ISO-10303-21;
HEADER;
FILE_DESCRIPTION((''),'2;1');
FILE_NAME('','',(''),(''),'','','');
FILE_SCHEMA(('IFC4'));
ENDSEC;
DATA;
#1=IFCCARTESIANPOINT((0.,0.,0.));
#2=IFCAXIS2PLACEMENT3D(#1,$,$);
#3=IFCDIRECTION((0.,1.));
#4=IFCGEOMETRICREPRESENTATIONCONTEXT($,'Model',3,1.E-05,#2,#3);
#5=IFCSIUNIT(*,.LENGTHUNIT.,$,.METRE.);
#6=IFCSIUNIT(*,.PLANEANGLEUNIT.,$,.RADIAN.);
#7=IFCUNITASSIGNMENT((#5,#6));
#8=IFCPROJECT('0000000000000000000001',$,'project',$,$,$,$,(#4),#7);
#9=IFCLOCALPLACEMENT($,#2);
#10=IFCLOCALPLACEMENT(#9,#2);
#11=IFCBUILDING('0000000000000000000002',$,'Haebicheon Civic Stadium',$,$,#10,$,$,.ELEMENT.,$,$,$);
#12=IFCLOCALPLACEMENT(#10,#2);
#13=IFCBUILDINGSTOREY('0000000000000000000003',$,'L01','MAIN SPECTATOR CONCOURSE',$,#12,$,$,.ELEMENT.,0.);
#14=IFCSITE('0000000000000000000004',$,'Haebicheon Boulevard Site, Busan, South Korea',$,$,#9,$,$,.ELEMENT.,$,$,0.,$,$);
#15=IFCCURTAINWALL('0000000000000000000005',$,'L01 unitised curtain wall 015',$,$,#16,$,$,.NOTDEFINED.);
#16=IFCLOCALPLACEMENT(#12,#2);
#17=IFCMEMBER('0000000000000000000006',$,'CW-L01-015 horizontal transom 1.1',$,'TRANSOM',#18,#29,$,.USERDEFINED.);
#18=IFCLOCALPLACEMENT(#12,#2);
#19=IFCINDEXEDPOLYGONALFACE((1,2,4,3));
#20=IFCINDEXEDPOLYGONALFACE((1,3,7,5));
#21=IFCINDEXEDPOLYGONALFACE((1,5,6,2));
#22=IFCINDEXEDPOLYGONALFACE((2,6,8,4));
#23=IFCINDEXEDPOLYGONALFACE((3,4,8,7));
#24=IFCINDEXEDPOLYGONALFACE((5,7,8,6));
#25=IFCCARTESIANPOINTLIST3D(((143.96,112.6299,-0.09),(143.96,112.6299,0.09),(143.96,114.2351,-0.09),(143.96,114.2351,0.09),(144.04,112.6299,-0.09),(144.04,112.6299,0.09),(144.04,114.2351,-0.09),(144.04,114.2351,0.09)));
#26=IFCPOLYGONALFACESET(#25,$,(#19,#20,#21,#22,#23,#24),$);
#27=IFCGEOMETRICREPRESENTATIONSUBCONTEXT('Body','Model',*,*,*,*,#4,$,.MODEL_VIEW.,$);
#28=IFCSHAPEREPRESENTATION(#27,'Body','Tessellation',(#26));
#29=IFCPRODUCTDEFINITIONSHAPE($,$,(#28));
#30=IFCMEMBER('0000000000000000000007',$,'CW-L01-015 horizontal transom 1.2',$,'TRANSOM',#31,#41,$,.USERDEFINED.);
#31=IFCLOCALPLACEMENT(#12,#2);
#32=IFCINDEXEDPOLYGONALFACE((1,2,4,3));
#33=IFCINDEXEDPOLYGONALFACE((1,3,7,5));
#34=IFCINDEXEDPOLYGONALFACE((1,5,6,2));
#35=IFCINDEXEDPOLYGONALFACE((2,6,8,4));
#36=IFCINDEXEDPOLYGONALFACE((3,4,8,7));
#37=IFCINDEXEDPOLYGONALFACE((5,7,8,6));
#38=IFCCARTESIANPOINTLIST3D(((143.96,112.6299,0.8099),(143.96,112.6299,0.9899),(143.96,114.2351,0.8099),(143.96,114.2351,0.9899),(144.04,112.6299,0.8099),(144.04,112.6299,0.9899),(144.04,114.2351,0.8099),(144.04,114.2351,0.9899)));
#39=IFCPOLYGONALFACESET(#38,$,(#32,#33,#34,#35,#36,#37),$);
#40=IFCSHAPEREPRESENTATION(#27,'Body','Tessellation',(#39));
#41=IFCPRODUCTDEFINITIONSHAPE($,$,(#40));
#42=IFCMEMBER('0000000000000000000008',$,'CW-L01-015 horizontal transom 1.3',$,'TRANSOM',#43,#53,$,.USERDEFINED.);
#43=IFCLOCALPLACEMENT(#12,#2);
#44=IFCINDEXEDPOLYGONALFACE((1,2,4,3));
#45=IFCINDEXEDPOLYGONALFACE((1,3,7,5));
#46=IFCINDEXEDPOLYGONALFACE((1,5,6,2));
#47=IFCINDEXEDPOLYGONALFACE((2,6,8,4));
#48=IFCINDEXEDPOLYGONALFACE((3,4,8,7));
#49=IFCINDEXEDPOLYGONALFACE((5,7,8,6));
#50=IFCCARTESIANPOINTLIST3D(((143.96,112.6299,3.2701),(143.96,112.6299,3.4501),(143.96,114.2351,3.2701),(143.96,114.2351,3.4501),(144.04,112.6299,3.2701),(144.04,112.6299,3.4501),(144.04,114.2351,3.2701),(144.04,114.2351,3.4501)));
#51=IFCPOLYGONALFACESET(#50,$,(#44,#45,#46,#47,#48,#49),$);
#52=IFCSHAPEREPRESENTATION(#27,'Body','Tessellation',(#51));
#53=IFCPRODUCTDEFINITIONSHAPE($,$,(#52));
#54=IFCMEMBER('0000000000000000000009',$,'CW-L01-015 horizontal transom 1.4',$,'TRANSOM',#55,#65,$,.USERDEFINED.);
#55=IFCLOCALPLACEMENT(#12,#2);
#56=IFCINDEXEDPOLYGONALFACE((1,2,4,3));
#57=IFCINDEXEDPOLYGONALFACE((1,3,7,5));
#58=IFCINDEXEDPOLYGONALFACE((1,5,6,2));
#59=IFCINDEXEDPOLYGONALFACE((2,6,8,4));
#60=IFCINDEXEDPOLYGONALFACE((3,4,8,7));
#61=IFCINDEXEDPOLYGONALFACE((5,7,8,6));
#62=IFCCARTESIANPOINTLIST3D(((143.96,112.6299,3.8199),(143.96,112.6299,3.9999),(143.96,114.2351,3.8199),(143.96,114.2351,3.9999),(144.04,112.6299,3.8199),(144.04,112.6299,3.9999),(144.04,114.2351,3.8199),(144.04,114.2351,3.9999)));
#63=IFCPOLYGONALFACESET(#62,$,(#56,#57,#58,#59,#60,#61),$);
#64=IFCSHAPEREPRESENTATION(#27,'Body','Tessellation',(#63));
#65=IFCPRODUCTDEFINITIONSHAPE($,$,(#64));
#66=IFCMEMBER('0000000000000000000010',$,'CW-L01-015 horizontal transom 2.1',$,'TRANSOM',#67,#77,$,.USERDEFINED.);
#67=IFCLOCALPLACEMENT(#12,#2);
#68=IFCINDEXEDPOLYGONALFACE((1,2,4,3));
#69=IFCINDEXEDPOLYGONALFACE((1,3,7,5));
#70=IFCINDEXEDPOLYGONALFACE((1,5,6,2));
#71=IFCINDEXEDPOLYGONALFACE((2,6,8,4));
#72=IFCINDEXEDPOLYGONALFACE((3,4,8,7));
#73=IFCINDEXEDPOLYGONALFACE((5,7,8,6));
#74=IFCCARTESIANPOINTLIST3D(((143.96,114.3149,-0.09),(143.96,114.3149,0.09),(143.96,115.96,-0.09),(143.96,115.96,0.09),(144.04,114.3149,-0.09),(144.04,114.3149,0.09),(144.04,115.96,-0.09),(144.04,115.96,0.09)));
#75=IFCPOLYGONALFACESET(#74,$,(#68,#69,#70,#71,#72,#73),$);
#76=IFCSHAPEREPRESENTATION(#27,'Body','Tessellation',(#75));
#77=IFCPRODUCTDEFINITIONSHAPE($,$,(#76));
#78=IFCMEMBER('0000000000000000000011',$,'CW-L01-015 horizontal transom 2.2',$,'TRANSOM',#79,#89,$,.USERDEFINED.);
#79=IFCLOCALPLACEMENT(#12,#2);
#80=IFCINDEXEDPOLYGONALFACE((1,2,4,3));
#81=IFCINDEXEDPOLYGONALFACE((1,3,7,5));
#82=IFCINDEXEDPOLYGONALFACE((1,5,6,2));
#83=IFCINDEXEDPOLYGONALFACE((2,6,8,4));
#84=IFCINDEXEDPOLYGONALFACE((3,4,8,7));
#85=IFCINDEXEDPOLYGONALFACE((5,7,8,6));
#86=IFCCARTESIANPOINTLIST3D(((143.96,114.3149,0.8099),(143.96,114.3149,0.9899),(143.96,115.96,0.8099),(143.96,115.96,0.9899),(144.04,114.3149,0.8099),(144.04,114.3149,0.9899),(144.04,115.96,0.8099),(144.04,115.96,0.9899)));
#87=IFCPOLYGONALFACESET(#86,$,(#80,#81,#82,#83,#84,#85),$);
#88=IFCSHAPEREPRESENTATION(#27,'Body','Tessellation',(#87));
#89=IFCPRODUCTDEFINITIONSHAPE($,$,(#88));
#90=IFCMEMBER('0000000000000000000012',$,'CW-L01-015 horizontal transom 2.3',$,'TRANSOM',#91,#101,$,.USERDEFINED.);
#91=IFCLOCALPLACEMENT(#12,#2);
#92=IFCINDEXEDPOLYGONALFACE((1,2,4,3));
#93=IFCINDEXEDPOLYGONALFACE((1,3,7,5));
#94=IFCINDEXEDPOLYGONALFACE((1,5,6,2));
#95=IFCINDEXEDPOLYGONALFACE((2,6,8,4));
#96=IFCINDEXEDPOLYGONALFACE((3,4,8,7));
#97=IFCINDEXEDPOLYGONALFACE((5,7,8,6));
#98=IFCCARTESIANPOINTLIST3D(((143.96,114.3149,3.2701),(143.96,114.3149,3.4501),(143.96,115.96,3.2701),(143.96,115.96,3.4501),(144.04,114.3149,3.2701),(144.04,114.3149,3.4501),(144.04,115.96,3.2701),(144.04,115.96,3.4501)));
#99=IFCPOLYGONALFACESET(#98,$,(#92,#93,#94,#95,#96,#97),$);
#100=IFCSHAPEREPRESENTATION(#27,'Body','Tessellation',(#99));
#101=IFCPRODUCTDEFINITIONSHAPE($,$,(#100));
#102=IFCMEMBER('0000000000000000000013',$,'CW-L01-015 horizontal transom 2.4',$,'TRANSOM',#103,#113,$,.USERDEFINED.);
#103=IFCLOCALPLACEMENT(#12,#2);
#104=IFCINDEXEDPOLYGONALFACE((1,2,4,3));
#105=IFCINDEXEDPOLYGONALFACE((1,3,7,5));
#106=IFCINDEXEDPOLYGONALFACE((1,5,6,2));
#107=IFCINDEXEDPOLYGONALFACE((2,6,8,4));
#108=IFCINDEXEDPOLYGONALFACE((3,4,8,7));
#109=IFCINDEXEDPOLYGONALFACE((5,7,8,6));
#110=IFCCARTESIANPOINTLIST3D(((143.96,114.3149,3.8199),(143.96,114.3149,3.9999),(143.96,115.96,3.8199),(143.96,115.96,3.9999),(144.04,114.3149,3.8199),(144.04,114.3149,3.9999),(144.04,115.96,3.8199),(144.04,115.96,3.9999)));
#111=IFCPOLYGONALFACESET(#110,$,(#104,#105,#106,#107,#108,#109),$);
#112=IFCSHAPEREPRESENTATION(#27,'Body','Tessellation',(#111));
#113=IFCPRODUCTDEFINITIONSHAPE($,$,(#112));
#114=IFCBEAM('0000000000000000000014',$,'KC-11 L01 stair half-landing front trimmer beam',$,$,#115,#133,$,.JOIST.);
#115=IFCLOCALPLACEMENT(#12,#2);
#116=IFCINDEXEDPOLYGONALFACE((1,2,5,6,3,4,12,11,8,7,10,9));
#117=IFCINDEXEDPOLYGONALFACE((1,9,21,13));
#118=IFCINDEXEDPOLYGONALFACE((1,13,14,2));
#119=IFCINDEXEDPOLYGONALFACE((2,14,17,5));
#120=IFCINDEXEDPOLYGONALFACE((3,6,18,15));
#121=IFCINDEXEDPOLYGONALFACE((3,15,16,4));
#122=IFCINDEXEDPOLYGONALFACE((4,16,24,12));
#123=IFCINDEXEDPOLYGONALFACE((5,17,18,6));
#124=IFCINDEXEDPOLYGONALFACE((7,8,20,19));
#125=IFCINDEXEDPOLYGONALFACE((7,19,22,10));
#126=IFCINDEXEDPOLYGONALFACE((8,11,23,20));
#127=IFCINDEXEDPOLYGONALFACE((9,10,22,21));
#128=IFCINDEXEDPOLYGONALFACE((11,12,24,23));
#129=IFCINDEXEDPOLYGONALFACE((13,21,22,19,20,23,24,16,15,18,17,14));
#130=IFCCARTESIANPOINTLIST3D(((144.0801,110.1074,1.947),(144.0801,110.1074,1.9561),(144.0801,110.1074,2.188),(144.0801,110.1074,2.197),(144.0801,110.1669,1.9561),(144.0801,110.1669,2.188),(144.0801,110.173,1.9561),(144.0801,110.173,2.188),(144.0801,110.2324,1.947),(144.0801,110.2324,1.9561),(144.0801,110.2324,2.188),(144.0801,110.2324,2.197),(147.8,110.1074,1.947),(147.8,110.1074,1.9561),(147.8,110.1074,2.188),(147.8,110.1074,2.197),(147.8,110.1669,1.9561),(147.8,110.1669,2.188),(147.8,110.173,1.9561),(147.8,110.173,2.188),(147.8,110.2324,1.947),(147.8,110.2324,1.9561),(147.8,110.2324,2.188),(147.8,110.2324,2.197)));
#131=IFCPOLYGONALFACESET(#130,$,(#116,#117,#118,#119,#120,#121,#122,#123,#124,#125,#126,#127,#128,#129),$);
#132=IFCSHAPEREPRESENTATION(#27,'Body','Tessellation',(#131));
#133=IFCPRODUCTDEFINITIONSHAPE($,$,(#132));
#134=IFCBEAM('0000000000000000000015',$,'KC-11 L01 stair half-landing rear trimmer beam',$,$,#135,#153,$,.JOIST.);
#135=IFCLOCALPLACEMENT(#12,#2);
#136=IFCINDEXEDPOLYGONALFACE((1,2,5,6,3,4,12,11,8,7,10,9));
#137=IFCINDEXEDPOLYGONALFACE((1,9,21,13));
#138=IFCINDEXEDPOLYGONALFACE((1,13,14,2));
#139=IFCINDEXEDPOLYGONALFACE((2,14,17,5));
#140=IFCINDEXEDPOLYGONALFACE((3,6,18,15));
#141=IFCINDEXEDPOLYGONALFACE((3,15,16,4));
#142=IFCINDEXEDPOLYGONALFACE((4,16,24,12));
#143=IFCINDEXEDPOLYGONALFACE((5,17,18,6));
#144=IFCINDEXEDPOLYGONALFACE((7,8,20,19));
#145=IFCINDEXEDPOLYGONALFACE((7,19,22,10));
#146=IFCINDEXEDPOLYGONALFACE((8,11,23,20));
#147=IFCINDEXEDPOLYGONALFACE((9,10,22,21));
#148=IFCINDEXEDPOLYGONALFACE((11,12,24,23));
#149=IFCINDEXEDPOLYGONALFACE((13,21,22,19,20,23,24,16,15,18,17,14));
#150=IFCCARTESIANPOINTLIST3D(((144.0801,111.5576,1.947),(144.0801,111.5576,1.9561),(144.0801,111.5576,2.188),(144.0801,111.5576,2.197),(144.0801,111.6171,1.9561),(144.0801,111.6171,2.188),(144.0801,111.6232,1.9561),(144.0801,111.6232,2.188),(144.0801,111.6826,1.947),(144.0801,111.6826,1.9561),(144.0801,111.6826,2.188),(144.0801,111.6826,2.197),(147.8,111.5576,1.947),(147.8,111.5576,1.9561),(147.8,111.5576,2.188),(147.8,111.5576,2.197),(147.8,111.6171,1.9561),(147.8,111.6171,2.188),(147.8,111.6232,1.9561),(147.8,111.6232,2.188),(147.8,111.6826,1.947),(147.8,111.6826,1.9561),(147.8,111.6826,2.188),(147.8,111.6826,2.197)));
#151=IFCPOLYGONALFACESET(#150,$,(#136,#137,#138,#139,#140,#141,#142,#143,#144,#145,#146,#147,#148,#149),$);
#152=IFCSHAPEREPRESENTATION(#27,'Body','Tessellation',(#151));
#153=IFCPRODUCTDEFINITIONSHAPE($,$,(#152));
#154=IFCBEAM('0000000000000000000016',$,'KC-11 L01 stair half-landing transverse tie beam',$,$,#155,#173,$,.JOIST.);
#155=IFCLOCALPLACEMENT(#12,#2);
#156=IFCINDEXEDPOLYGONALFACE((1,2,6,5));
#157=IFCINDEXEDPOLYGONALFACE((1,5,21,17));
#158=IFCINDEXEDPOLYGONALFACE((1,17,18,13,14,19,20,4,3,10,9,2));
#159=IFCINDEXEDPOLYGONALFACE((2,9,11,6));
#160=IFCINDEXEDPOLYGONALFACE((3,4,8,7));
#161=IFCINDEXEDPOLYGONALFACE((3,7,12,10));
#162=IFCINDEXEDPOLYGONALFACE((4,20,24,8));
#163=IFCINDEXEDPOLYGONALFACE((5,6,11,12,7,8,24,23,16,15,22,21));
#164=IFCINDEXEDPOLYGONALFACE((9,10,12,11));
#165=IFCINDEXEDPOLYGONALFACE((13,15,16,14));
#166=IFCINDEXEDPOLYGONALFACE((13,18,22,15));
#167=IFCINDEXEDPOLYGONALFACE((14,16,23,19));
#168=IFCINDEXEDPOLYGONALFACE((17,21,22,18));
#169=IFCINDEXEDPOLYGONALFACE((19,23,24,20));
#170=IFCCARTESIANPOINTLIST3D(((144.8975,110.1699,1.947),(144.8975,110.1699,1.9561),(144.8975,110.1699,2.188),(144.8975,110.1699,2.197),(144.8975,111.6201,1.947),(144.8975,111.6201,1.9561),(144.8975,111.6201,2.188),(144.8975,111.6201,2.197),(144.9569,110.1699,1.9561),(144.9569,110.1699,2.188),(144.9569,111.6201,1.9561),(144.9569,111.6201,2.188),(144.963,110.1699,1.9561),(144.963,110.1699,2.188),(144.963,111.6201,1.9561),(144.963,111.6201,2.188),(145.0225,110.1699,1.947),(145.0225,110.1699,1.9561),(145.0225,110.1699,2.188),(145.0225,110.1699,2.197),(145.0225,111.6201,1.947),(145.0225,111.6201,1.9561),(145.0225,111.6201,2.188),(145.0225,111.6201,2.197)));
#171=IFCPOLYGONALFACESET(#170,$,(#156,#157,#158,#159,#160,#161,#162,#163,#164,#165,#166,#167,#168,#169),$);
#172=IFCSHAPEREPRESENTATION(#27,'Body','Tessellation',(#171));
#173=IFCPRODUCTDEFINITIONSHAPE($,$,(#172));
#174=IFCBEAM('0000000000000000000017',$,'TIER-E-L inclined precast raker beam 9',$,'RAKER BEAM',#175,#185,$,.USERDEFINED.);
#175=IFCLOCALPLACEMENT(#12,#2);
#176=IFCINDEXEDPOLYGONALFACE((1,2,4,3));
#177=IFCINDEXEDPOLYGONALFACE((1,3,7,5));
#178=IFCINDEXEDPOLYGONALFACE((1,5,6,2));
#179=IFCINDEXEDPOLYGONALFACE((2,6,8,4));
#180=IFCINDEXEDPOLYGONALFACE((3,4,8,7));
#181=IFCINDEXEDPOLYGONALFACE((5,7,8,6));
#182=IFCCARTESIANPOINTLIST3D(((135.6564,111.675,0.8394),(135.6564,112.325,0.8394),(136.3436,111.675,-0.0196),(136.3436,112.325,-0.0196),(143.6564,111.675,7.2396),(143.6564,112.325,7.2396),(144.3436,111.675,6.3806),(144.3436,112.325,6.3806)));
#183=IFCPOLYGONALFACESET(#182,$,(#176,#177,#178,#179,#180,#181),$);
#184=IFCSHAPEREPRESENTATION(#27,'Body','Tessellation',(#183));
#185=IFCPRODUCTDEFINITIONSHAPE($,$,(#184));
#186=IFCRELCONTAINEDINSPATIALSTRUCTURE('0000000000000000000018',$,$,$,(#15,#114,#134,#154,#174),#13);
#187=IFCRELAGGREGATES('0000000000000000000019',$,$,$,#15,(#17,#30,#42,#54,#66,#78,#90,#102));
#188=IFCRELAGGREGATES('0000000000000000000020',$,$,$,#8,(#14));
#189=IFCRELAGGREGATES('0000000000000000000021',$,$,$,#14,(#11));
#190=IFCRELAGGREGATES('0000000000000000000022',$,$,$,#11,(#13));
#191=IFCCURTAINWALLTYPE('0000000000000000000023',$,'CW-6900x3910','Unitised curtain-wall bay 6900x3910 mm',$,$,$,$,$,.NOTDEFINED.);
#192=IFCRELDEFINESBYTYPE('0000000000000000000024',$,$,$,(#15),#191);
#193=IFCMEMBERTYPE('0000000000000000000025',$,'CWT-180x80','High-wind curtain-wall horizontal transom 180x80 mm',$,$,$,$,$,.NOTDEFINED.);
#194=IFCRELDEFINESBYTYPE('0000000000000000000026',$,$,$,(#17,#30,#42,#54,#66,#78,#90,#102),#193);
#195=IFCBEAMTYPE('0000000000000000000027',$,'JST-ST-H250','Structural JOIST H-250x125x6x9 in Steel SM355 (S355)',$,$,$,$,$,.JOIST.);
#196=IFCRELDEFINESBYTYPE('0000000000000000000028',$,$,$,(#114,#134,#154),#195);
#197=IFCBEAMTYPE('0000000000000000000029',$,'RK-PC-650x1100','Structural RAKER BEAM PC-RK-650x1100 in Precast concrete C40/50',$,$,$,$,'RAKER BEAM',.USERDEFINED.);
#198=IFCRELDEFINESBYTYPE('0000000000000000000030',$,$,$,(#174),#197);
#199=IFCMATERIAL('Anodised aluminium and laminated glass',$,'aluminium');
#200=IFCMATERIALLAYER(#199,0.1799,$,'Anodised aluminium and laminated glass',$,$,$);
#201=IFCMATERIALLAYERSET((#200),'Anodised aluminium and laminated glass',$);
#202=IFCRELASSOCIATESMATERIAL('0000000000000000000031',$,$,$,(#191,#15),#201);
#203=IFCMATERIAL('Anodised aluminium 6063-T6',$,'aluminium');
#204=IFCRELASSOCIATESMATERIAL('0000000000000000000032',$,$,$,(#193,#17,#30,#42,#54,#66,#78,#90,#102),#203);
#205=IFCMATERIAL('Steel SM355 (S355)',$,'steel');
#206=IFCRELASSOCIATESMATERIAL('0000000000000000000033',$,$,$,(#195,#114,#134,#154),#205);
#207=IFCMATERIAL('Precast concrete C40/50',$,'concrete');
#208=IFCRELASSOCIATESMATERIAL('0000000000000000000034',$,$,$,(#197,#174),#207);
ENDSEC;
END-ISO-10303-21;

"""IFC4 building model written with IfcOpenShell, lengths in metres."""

from ifc_helpers import new_model, si_unit, direction, frame, origin, origin_2d, place, context, subcontext, project, spatial, rectangle, i_section, extrude, material, layer, layer_set, material_profile, profile_set, type_object, element, aggregate, save


model = new_model("IFC4")

# Units and contexts
model_context = context("Model", 3, precision=1e-05, world=origin(), true_north=direction((0.0, 1.0)))
body_context = subcontext(model_context, "Body", "Model", "MODEL_VIEW")
ifc_project = project(units=[si_unit("LENGTHUNIT", "METRE"), si_unit("PLANEANGLEUNIT", "RADIAN")], contexts=[model_context])

# Site, building, storey
site_placement = place(None, origin())
site = spatial("IfcSite", under=ifc_project, at=site_placement, Name="Haebicheon Boulevard Site, Busan, South Korea", CompositionType="ELEMENT", RefElevation=0.0)
building_placement = place(site_placement, origin())
building = spatial("IfcBuilding", under=site, at=building_placement, Name="Haebicheon Civic Stadium", CompositionType="ELEMENT")
storey_placement = place(building_placement, origin())
storey = spatial("IfcBuildingStorey", under=building, at=storey_placement, Name="L01", Description="MAIN SPECTATOR CONCOURSE", CompositionType="ELEMENT", Elevation=0.0)

# Curtain wall, members
ifc_material_1 = material(Name="Anodised aluminium and laminated glass", Category="aluminium")
ifc_layer_1 = layer(ifc_material_1, 0.1799, Name="Anodised aluminium and laminated glass")
ifc_layer_set_1 = layer_set([ifc_layer_1], Name="Anodised aluminium and laminated glass")
curtain_wall_type = type_object("IfcCurtainWallType", Name="CW-6900x3910", Description="Unitised curtain-wall bay 6900x3910 mm", PredefinedType="NOTDEFINED", material=ifc_layer_set_1)
curtain_wall_placement = place(storey_placement, origin())
curtain_wall = element("IfcCurtainWall", 1, at=curtain_wall_placement, inside=storey, type_object=curtain_wall_type, material=ifc_layer_set_1, Name="L01 unitised curtain wall 015", PredefinedType="NOTDEFINED")
ifc_material_2 = material(Name="Anodised aluminium 6063-T6", Category="aluminium")
ifc_material_profile_1 = material_profile(ifc_material_2, rectangle(XDim=0.0801, YDim=0.1799, at=origin_2d()), Name="ALU-TRAN-80x180")
ifc_profile_set_1 = profile_set([ifc_material_profile_1], Name="Anodised aluminium 6063-T6")
member_type_1 = type_object("IfcMemberType", Name="CWT-180x80", Description="High-wind curtain-wall horizontal transom 180x80 mm", PredefinedType="NOTDEFINED", material=ifc_profile_set_1)
member_1_placement = place(storey_placement, frame((144.0, 112.6299, 0.0), z_axis=(0.0, 1.0, 0.0), x_axis=(-1.0, 0.0, 0.0)))
member_1 = element("IfcMember", 2, at=member_1_placement, type_object=member_type_1, material=ifc_profile_set_1, Name="CW-L01-015 horizontal transom 1.1", ObjectType="TRANSOM", PredefinedType="USERDEFINED", context=body_context, shape_type="SweptSolid", body=[
    extrude(rectangle(XDim=0.0801, YDim=0.1799, at=origin_2d()), origin(), (0.0, 0.0, 1.0), 1.6052),
])
member_2_placement = place(storey_placement, frame((144.0, 112.6299, 0.8999), z_axis=(0.0, 1.0, 0.0), x_axis=(-1.0, 0.0, 0.0)))
member_2 = element("IfcMember", 3, at=member_2_placement, type_object=member_type_1, material=ifc_profile_set_1, Name="CW-L01-015 horizontal transom 1.2", ObjectType="TRANSOM", PredefinedType="USERDEFINED", context=body_context, shape_type="SweptSolid", body=[
    extrude(rectangle(XDim=0.0801, YDim=0.1799, at=origin_2d()), origin(), (0.0, 0.0, 1.0), 1.6052),
])
member_3_placement = place(storey_placement, frame((144.0, 112.6299, 3.3601), z_axis=(0.0, 1.0, 0.0), x_axis=(-1.0, 0.0, 0.0)))
member_3 = element("IfcMember", 4, at=member_3_placement, type_object=member_type_1, material=ifc_profile_set_1, Name="CW-L01-015 horizontal transom 1.3", ObjectType="TRANSOM", PredefinedType="USERDEFINED", context=body_context, shape_type="SweptSolid", body=[
    extrude(rectangle(XDim=0.0801, YDim=0.1799, at=origin_2d()), origin(), (0.0, 0.0, 1.0), 1.6052),
])
member_4_placement = place(storey_placement, frame((144.0, 112.6299, 3.9099), z_axis=(0.0, 1.0, 0.0), x_axis=(-1.0, 0.0, 0.0)))
member_4 = element("IfcMember", 5, at=member_4_placement, type_object=member_type_1, material=ifc_profile_set_1, Name="CW-L01-015 horizontal transom 1.4", ObjectType="TRANSOM", PredefinedType="USERDEFINED", context=body_context, shape_type="SweptSolid", body=[
    extrude(rectangle(XDim=0.0801, YDim=0.1799, at=origin_2d()), origin(), (0.0, 0.0, 1.0), 1.6052),
])
member_5_placement = place(storey_placement, frame((144.0, 114.3149, 0.0), z_axis=(0.0, 1.0, 0.0), x_axis=(-1.0, 0.0, 0.0)))
member_5 = element("IfcMember", 6, at=member_5_placement, type_object=member_type_1, material=ifc_profile_set_1, Name="CW-L01-015 horizontal transom 2.1", ObjectType="TRANSOM", PredefinedType="USERDEFINED", context=body_context, shape_type="SweptSolid", body=[
    extrude(rectangle(XDim=0.0801, YDim=0.1799, at=origin_2d()), origin(), (0.0, 0.0, 1.0), 1.645),
])
member_6_placement = place(storey_placement, frame((144.0, 114.3149, 0.8999), z_axis=(0.0, 1.0, 0.0), x_axis=(-1.0, 0.0, 0.0)))
member_6 = element("IfcMember", 7, at=member_6_placement, type_object=member_type_1, material=ifc_profile_set_1, Name="CW-L01-015 horizontal transom 2.2", ObjectType="TRANSOM", PredefinedType="USERDEFINED", context=body_context, shape_type="SweptSolid", body=[
    extrude(rectangle(XDim=0.0801, YDim=0.1799, at=origin_2d()), origin(), (0.0, 0.0, 1.0), 1.645),
])
member_7_placement = place(storey_placement, frame((144.0, 114.3149, 3.3601), z_axis=(0.0, 1.0, 0.0), x_axis=(-1.0, 0.0, 0.0)))
member_7 = element("IfcMember", 8, at=member_7_placement, type_object=member_type_1, material=ifc_profile_set_1, Name="CW-L01-015 horizontal transom 2.3", ObjectType="TRANSOM", PredefinedType="USERDEFINED", context=body_context, shape_type="SweptSolid", body=[
    extrude(rectangle(XDim=0.0801, YDim=0.1799, at=origin_2d()), origin(), (0.0, 0.0, 1.0), 1.645),
])
member_8_placement = place(storey_placement, frame((144.0, 114.3149, 3.9099), z_axis=(0.0, 1.0, 0.0), x_axis=(-1.0, 0.0, 0.0)))
member_8 = element("IfcMember", 9, at=member_8_placement, type_object=member_type_1, material=ifc_profile_set_1, Name="CW-L01-015 horizontal transom 2.4", ObjectType="TRANSOM", PredefinedType="USERDEFINED", context=body_context, shape_type="SweptSolid", body=[
    extrude(rectangle(XDim=0.0801, YDim=0.1799, at=origin_2d()), origin(), (0.0, 0.0, 1.0), 1.645),
])

# Beams
ifc_material_3 = material(Name="Steel SM355 (S355)", Category="steel")
ifc_material_profile_2 = material_profile(ifc_material_3, i_section(OverallWidth=0.125, OverallDepth=0.25, WebThickness=0.0061, FlangeThickness=0.009, at=origin_2d()), Name="H-250x125x6x9")
ifc_profile_set_2 = profile_set([ifc_material_profile_2], Name="Steel SM355 (S355)")
beam_type_1 = type_object("IfcBeamType", Name="JST-ST-H250", Description="Structural JOIST H-250x125x6x9 in Steel SM355 (S355)", PredefinedType="JOIST", material=ifc_profile_set_2)
for number, where, z_axis, x_axis, name in (
    (10, (144.0801, 110.1699, 2.072), (1.0, 0.0, 0.0), (0.0, 1.0, 0.0), "KC-11 L01 stair half-landing front trimmer beam"),
    (11, (144.0801, 111.6201, 2.072), (1.0, 0.0, 0.0), (0.0, 1.0, 0.0), "KC-11 L01 stair half-landing rear trimmer beam"),
):
    element("IfcBeam", number, at=place(storey_placement, frame(where, z_axis=z_axis, x_axis=x_axis)), inside=storey, type_object=beam_type_1, material=ifc_profile_set_2, Name=name, PredefinedType="JOIST", context=body_context, shape_type="SweptSolid", body=[
        extrude(i_section(OverallWidth=0.125, OverallDepth=0.25, WebThickness=0.0061, FlangeThickness=0.009, at=origin_2d()), origin(), (0.0, 0.0, 1.0), 3.72),
    ])
beam_1_placement = place(storey_placement, frame((144.96, 110.1699, 2.072), z_axis=(0.0, 1.0, 0.0), x_axis=(-1.0, 0.0, 0.0)))
element("IfcBeam", 12, at=beam_1_placement, inside=storey, type_object=beam_type_1, material=ifc_profile_set_2, Name="KC-11 L01 stair half-landing transverse tie beam", PredefinedType="JOIST", context=body_context, shape_type="SweptSolid", body=[
    extrude(i_section(OverallWidth=0.125, OverallDepth=0.25, WebThickness=0.0061, FlangeThickness=0.009, at=origin_2d()), origin(), (0.0, 0.0, 1.0), 1.4502),
])
ifc_material_4 = material(Name="Precast concrete C40/50", Category="concrete")
ifc_material_profile_3 = material_profile(ifc_material_4, rectangle(XDim=0.6499, YDim=1.1001, at=origin_2d()), Name="PC-RK-650x1100")
ifc_profile_set_3 = profile_set([ifc_material_profile_3], Name="Precast concrete C40/50")
beam_type_2 = type_object("IfcBeamType", Name="RK-PC-650x1100", Description="Structural RAKER BEAM PC-RK-650x1100 in Precast concrete C40/50", ElementType="RAKER BEAM", PredefinedType="USERDEFINED", material=ifc_profile_set_3)
beam_2_placement = place(storey_placement, frame((136.0, 112.0, 0.4099), z_axis=(0.780862, 0.0, 0.624704), x_axis=(0.0, 1.0, 0.0)))
element("IfcBeam", 13, at=beam_2_placement, inside=storey, type_object=beam_type_2, material=ifc_profile_set_3, Name="TIER-E-L inclined precast raker beam 9", ObjectType="RAKER BEAM", PredefinedType="USERDEFINED", context=body_context, shape_type="SweptSolid", body=[
    extrude(rectangle(XDim=0.6499, YDim=1.1001, at=origin_2d()), origin(), (0.0, 0.0, 1.0), 10.2451),
])

aggregate(curtain_wall, [member_1, member_2, member_3, member_4, member_5, member_6, member_7, member_8])

save(model, "model.ifc")
